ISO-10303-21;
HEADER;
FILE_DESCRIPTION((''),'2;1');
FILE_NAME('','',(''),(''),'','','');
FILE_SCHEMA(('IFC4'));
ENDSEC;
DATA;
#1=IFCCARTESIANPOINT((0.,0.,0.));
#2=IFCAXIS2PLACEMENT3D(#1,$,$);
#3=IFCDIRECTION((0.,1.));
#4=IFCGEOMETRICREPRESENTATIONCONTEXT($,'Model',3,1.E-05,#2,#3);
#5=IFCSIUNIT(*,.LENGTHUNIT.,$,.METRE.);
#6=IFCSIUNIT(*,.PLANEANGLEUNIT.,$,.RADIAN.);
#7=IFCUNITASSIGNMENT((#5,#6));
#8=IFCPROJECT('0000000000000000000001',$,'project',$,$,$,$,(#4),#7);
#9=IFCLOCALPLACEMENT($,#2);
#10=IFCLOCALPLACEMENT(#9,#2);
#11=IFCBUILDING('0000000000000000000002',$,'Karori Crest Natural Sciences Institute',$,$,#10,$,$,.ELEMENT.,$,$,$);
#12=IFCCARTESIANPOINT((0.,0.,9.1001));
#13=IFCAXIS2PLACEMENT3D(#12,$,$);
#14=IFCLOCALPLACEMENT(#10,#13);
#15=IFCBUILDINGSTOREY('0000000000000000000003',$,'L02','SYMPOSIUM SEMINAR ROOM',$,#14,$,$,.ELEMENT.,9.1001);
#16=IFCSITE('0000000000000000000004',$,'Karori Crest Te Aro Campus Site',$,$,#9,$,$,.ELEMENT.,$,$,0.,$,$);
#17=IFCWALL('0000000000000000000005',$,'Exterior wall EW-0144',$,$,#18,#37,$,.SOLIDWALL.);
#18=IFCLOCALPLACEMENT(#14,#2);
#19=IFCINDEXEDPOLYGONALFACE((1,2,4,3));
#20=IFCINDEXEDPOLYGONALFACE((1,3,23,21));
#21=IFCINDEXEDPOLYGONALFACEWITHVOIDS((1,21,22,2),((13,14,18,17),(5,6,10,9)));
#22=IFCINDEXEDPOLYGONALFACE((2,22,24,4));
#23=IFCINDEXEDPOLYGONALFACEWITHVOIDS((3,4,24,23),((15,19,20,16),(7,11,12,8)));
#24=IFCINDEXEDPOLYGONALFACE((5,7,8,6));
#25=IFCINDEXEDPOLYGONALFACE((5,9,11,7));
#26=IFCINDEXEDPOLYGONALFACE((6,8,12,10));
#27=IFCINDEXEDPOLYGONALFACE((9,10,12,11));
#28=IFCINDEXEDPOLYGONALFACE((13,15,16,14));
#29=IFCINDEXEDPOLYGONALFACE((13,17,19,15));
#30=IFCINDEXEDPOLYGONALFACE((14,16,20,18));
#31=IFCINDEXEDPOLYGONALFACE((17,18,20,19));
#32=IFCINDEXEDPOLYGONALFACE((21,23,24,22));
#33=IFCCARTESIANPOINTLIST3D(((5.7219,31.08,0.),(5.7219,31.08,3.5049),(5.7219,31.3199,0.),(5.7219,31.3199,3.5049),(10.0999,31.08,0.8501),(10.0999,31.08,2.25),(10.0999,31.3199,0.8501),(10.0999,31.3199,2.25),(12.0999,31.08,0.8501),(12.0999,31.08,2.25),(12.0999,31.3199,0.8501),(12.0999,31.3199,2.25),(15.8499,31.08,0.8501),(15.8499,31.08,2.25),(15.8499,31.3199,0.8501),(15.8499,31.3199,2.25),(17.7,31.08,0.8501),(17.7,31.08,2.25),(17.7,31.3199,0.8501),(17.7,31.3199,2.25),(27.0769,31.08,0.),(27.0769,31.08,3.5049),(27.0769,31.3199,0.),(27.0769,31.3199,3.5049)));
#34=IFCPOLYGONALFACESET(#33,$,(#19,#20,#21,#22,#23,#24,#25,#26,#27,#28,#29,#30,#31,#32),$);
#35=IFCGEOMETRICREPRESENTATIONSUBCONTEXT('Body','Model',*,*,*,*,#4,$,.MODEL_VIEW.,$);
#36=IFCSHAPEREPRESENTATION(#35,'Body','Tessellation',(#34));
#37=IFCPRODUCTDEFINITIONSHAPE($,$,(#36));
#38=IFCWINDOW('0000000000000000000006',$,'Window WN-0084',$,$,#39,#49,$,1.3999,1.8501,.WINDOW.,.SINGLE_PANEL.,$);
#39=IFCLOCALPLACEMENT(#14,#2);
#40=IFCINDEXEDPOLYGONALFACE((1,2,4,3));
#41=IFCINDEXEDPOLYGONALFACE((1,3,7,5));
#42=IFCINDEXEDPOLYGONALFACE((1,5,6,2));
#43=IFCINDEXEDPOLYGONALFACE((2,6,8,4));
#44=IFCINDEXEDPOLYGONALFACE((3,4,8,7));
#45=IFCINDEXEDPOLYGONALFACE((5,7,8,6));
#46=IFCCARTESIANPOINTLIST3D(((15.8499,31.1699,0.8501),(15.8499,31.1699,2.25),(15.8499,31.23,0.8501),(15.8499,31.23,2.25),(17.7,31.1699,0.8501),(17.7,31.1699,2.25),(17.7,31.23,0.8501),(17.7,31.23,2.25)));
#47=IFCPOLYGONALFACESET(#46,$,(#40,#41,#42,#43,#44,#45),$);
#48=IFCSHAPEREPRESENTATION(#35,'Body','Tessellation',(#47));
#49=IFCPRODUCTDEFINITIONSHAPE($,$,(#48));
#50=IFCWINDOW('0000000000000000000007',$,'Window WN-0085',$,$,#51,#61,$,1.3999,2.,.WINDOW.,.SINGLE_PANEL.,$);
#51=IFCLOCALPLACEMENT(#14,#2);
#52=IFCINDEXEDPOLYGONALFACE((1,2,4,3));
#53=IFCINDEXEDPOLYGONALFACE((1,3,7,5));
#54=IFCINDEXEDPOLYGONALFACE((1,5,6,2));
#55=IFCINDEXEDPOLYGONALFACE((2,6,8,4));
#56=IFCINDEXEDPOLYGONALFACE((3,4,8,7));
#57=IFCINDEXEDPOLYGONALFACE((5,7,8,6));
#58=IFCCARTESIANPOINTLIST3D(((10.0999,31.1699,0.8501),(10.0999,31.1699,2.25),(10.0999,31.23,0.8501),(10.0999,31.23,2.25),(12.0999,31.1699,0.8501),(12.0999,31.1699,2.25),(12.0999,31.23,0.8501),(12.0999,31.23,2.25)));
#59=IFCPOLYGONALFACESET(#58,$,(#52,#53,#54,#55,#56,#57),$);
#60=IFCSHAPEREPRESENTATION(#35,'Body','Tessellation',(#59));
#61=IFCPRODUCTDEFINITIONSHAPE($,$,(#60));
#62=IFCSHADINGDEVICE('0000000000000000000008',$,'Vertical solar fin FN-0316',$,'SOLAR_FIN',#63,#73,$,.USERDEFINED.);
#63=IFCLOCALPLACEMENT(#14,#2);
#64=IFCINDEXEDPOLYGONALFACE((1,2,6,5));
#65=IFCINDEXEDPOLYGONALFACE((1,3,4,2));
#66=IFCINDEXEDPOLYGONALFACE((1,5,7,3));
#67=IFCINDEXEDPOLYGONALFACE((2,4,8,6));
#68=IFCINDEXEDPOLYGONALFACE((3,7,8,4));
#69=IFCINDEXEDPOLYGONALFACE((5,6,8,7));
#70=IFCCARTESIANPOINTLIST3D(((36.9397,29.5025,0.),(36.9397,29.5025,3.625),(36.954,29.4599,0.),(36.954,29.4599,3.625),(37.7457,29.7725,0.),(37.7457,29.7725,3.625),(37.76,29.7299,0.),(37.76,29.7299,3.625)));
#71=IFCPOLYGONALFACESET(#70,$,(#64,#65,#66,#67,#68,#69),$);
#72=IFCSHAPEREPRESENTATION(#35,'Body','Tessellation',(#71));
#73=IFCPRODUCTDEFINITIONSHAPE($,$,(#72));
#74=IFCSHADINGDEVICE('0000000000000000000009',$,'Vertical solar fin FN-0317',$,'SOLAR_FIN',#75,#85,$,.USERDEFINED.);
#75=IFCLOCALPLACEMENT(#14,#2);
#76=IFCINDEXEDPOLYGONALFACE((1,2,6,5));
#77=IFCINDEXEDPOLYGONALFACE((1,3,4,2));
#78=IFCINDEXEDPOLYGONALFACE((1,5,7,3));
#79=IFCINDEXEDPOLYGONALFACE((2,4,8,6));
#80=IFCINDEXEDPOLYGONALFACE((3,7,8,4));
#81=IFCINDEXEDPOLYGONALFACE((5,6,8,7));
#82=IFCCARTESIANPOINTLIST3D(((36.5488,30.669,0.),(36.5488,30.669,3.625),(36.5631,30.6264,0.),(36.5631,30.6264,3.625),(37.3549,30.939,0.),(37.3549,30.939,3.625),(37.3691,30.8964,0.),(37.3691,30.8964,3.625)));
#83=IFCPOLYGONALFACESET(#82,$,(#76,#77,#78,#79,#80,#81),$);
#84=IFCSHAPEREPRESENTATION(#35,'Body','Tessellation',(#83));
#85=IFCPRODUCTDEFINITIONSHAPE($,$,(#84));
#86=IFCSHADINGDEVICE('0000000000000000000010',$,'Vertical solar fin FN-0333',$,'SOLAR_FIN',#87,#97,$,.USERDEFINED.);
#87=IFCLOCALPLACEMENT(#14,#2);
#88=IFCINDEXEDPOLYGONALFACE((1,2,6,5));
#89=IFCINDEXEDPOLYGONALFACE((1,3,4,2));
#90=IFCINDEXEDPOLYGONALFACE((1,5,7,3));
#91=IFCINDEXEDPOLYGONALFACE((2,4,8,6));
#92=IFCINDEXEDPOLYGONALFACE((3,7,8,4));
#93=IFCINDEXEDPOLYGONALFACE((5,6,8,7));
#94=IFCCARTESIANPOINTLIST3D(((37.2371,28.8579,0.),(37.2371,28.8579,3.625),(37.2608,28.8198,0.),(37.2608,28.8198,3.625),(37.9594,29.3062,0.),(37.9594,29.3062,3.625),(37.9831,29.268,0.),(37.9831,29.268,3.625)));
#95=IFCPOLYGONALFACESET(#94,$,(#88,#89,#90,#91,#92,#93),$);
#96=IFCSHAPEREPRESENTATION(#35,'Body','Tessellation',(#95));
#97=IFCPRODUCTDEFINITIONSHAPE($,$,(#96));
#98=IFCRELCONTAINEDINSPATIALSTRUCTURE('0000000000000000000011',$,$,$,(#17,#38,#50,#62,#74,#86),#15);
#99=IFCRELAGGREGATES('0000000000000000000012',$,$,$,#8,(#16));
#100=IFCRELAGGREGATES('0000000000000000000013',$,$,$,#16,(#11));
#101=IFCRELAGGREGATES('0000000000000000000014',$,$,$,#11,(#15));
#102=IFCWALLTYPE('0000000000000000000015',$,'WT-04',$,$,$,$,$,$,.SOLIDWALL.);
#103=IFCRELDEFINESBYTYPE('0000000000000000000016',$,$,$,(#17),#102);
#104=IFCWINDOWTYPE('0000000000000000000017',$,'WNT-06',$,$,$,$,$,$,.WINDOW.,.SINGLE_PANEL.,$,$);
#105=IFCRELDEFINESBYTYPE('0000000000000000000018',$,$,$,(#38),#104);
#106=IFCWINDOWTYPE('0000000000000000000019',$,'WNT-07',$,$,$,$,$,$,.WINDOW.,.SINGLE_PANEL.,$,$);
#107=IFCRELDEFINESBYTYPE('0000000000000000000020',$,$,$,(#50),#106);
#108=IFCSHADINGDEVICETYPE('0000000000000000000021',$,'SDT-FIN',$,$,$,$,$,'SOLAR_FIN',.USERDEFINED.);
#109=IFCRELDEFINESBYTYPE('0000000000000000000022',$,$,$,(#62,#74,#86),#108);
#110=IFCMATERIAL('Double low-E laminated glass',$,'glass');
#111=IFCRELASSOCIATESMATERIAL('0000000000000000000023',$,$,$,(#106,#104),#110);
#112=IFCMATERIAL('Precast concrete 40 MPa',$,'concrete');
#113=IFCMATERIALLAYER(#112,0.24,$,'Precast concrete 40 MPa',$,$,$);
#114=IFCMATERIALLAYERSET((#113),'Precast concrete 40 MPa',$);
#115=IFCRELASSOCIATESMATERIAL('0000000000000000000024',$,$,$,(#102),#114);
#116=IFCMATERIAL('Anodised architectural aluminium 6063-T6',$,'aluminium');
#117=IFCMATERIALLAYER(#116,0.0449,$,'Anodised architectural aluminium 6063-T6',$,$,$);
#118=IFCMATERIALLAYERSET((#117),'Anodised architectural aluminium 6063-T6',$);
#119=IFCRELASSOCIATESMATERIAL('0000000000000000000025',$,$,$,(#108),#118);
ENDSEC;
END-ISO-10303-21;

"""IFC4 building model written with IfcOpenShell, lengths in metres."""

from ifc_helpers import new_model, si_unit, direction, frame, frame_2d, origin, origin_2d, place, context, subcontext, project, spatial, rectangle, extrude, material, layer, layer_set, type_object, element, fill, save


model = new_model("IFC4")

# Units and contexts
model_context = context("Model", 3, precision=1e-05, world=origin(), true_north=direction((0.0, 1.0)))
body_context = subcontext(model_context, "Body", "Model", "MODEL_VIEW")
ifc_project = project(units=[si_unit("LENGTHUNIT", "METRE"), si_unit("PLANEANGLEUNIT", "RADIAN")], contexts=[model_context])

# Site, building, storey
site_placement = place(None, origin())
site = spatial("IfcSite", under=ifc_project, at=site_placement, Name="Karori Crest Te Aro Campus Site", CompositionType="ELEMENT", RefElevation=0.0)
building_placement = place(site_placement, origin())
building = spatial("IfcBuilding", under=site, at=building_placement, Name="Karori Crest Natural Sciences Institute", CompositionType="ELEMENT")
storey_placement = place(building_placement, frame((0.0, 0.0, 9.1001)))
storey = spatial("IfcBuildingStorey", under=building, at=storey_placement, Name="L02", Description="SYMPOSIUM SEMINAR ROOM", CompositionType="ELEMENT", Elevation=9.1001)

# Shared definitions
ifc_material_1 = material(Name="Anodised architectural aluminium 6063-T6", Category="aluminium")
ifc_material_2 = material(Name="Double low-E laminated glass", Category="glass")

# Shared definitions
ifc_material_3 = material(Name="Precast concrete 40 MPa", Category="concrete")
window_type_1 = type_object("IfcWindowType", Name="WNT-07", PartitioningType="SINGLE_PANEL", PredefinedType="WINDOW", material=ifc_material_2)

# Wall, openings, windows
ifc_layer_1 = layer(ifc_material_3, 0.24, Name="Precast concrete 40 MPa")
ifc_layer_set_1 = layer_set([ifc_layer_1], Name="Precast concrete 40 MPa")
wall_type_1 = type_object("IfcWallType", Name="WT-04", PredefinedType="SOLIDWALL", material=ifc_layer_set_1)
wall_1_placement = place(storey_placement, frame((27.0769, 31.2, 0.0), z_axis=(0.0, 0.0, 1.0), x_axis=(-1.0, 0.0, 0.0)))
wall_1 = element("IfcWall", 1, at=wall_1_placement, inside=storey, type_object=wall_type_1, Name="Exterior wall EW-0144", PredefinedType="SOLIDWALL", context=body_context, shape_type="SweptSolid", body=[
    extrude(rectangle(XDim=21.355, YDim=0.24, at=frame_2d((10.6775, 0.0))), origin(), (0.0, 0.0, 1.0), 3.5049),
])
opening_1_placement = place(wall_1_placement, frame((9.377, 0.0, 0.8501)))
opening_1 = element("IfcOpeningElement", 2, at=opening_1_placement, cuts=wall_1, PredefinedType="OPENING", context=body_context, shape_type="SweptSolid", body=[
    extrude(rectangle(XDim=1.8501, YDim=1.3999, at=frame_2d((0.925, 0.7))), frame((0.0, 0.1299, 0.0), z_axis=(0.0, -1.0, 0.0), x_axis=(1.0, 0.0, 0.0)), (0.0, 0.0, 1.0), 0.26),
])
opening_2_placement = place(wall_1_placement, frame((14.9771, 0.0, 0.8501)))
opening_2 = element("IfcOpeningElement", 3, at=opening_2_placement, cuts=wall_1, PredefinedType="OPENING", context=body_context, shape_type="SweptSolid", body=[
    extrude(rectangle(XDim=2.0, YDim=1.3999, at=frame_2d((1.0, 0.7))), frame((0.0, 0.1299, 0.0), z_axis=(0.0, -1.0, 0.0), x_axis=(1.0, 0.0, 0.0)), (0.0, 0.0, 1.0), 0.26),
])
window_type_2 = type_object("IfcWindowType", Name="WNT-06", PartitioningType="SINGLE_PANEL", PredefinedType="WINDOW", material=ifc_material_2)
window_1_placement = place(opening_1_placement, origin())
window_1 = element("IfcWindow", 4, at=window_1_placement, inside=storey, type_object=window_type_2, Name="Window WN-0084", OverallHeight=1.3999, OverallWidth=1.8501, PartitioningType="SINGLE_PANEL", PredefinedType="WINDOW", context=body_context, shape_type="SweptSolid", body=[
    extrude(rectangle(XDim=1.8501, YDim=1.3999, at=frame_2d((0.925, 0.7))), frame((0.0, 0.03, 0.0), z_axis=(0.0, -1.0, 0.0), x_axis=(1.0, 0.0, 0.0)), (0.0, 0.0, 1.0), 0.0601),
])
fill(opening_1, window_1)
window_2_placement = place(opening_2_placement, origin())
window_2 = element("IfcWindow", 5, at=window_2_placement, inside=storey, type_object=window_type_1, Name="Window WN-0085", OverallHeight=1.3999, OverallWidth=2.0, PartitioningType="SINGLE_PANEL", PredefinedType="WINDOW", context=body_context, shape_type="SweptSolid", body=[
    extrude(rectangle(XDim=2.0, YDim=1.3999, at=frame_2d((1.0, 0.7))), frame((0.0, 0.03, 0.0), z_axis=(0.0, -1.0, 0.0), x_axis=(1.0, 0.0, 0.0)), (0.0, 0.0, 1.0), 0.0601),
])
fill(opening_2, window_2)

# Shading devices
ifc_layer_2 = layer(ifc_material_1, 0.0449, Name="Anodised architectural aluminium 6063-T6")
ifc_layer_set_2 = layer_set([ifc_layer_2], Name="Anodised architectural aluminium 6063-T6")
shading_device_type = type_object("IfcShadingDeviceType", Name="SDT-FIN", ElementType="SOLAR_FIN", PredefinedType="USERDEFINED", material=ifc_layer_set_2)
for number, where, z_axis, x_axis, name in (
    (6, (37.3499, 29.6162, 0.0), (0.0, 0.0, 1.0), (-0.948196, -0.317685, 0.0), "Vertical solar fin FN-0316"),
    (7, (36.959, 30.7827, 0.0), (0.0, 0.0, 1.0), (-0.948196, -0.317685, 0.0), "Vertical solar fin FN-0317"),
    (8, (37.6101, 29.063, 0.0), (0.0, 0.0, 1.0), (-0.849665, -0.527322, 0.0), "Vertical solar fin FN-0333"),
):
    element("IfcShadingDevice", number, at=place(storey_placement, frame(where, z_axis=z_axis, x_axis=x_axis)), inside=storey, type_object=shading_device_type, Name=name, ObjectType="SOLAR_FIN", PredefinedType="USERDEFINED", context=body_context, shape_type="SweptSolid", body=[
        extrude(rectangle(XDim=0.8501, YDim=0.0449, at=origin_2d()), origin(), (0.0, 0.0, 1.0), 3.625),
    ])

save(model, "model.ifc")
